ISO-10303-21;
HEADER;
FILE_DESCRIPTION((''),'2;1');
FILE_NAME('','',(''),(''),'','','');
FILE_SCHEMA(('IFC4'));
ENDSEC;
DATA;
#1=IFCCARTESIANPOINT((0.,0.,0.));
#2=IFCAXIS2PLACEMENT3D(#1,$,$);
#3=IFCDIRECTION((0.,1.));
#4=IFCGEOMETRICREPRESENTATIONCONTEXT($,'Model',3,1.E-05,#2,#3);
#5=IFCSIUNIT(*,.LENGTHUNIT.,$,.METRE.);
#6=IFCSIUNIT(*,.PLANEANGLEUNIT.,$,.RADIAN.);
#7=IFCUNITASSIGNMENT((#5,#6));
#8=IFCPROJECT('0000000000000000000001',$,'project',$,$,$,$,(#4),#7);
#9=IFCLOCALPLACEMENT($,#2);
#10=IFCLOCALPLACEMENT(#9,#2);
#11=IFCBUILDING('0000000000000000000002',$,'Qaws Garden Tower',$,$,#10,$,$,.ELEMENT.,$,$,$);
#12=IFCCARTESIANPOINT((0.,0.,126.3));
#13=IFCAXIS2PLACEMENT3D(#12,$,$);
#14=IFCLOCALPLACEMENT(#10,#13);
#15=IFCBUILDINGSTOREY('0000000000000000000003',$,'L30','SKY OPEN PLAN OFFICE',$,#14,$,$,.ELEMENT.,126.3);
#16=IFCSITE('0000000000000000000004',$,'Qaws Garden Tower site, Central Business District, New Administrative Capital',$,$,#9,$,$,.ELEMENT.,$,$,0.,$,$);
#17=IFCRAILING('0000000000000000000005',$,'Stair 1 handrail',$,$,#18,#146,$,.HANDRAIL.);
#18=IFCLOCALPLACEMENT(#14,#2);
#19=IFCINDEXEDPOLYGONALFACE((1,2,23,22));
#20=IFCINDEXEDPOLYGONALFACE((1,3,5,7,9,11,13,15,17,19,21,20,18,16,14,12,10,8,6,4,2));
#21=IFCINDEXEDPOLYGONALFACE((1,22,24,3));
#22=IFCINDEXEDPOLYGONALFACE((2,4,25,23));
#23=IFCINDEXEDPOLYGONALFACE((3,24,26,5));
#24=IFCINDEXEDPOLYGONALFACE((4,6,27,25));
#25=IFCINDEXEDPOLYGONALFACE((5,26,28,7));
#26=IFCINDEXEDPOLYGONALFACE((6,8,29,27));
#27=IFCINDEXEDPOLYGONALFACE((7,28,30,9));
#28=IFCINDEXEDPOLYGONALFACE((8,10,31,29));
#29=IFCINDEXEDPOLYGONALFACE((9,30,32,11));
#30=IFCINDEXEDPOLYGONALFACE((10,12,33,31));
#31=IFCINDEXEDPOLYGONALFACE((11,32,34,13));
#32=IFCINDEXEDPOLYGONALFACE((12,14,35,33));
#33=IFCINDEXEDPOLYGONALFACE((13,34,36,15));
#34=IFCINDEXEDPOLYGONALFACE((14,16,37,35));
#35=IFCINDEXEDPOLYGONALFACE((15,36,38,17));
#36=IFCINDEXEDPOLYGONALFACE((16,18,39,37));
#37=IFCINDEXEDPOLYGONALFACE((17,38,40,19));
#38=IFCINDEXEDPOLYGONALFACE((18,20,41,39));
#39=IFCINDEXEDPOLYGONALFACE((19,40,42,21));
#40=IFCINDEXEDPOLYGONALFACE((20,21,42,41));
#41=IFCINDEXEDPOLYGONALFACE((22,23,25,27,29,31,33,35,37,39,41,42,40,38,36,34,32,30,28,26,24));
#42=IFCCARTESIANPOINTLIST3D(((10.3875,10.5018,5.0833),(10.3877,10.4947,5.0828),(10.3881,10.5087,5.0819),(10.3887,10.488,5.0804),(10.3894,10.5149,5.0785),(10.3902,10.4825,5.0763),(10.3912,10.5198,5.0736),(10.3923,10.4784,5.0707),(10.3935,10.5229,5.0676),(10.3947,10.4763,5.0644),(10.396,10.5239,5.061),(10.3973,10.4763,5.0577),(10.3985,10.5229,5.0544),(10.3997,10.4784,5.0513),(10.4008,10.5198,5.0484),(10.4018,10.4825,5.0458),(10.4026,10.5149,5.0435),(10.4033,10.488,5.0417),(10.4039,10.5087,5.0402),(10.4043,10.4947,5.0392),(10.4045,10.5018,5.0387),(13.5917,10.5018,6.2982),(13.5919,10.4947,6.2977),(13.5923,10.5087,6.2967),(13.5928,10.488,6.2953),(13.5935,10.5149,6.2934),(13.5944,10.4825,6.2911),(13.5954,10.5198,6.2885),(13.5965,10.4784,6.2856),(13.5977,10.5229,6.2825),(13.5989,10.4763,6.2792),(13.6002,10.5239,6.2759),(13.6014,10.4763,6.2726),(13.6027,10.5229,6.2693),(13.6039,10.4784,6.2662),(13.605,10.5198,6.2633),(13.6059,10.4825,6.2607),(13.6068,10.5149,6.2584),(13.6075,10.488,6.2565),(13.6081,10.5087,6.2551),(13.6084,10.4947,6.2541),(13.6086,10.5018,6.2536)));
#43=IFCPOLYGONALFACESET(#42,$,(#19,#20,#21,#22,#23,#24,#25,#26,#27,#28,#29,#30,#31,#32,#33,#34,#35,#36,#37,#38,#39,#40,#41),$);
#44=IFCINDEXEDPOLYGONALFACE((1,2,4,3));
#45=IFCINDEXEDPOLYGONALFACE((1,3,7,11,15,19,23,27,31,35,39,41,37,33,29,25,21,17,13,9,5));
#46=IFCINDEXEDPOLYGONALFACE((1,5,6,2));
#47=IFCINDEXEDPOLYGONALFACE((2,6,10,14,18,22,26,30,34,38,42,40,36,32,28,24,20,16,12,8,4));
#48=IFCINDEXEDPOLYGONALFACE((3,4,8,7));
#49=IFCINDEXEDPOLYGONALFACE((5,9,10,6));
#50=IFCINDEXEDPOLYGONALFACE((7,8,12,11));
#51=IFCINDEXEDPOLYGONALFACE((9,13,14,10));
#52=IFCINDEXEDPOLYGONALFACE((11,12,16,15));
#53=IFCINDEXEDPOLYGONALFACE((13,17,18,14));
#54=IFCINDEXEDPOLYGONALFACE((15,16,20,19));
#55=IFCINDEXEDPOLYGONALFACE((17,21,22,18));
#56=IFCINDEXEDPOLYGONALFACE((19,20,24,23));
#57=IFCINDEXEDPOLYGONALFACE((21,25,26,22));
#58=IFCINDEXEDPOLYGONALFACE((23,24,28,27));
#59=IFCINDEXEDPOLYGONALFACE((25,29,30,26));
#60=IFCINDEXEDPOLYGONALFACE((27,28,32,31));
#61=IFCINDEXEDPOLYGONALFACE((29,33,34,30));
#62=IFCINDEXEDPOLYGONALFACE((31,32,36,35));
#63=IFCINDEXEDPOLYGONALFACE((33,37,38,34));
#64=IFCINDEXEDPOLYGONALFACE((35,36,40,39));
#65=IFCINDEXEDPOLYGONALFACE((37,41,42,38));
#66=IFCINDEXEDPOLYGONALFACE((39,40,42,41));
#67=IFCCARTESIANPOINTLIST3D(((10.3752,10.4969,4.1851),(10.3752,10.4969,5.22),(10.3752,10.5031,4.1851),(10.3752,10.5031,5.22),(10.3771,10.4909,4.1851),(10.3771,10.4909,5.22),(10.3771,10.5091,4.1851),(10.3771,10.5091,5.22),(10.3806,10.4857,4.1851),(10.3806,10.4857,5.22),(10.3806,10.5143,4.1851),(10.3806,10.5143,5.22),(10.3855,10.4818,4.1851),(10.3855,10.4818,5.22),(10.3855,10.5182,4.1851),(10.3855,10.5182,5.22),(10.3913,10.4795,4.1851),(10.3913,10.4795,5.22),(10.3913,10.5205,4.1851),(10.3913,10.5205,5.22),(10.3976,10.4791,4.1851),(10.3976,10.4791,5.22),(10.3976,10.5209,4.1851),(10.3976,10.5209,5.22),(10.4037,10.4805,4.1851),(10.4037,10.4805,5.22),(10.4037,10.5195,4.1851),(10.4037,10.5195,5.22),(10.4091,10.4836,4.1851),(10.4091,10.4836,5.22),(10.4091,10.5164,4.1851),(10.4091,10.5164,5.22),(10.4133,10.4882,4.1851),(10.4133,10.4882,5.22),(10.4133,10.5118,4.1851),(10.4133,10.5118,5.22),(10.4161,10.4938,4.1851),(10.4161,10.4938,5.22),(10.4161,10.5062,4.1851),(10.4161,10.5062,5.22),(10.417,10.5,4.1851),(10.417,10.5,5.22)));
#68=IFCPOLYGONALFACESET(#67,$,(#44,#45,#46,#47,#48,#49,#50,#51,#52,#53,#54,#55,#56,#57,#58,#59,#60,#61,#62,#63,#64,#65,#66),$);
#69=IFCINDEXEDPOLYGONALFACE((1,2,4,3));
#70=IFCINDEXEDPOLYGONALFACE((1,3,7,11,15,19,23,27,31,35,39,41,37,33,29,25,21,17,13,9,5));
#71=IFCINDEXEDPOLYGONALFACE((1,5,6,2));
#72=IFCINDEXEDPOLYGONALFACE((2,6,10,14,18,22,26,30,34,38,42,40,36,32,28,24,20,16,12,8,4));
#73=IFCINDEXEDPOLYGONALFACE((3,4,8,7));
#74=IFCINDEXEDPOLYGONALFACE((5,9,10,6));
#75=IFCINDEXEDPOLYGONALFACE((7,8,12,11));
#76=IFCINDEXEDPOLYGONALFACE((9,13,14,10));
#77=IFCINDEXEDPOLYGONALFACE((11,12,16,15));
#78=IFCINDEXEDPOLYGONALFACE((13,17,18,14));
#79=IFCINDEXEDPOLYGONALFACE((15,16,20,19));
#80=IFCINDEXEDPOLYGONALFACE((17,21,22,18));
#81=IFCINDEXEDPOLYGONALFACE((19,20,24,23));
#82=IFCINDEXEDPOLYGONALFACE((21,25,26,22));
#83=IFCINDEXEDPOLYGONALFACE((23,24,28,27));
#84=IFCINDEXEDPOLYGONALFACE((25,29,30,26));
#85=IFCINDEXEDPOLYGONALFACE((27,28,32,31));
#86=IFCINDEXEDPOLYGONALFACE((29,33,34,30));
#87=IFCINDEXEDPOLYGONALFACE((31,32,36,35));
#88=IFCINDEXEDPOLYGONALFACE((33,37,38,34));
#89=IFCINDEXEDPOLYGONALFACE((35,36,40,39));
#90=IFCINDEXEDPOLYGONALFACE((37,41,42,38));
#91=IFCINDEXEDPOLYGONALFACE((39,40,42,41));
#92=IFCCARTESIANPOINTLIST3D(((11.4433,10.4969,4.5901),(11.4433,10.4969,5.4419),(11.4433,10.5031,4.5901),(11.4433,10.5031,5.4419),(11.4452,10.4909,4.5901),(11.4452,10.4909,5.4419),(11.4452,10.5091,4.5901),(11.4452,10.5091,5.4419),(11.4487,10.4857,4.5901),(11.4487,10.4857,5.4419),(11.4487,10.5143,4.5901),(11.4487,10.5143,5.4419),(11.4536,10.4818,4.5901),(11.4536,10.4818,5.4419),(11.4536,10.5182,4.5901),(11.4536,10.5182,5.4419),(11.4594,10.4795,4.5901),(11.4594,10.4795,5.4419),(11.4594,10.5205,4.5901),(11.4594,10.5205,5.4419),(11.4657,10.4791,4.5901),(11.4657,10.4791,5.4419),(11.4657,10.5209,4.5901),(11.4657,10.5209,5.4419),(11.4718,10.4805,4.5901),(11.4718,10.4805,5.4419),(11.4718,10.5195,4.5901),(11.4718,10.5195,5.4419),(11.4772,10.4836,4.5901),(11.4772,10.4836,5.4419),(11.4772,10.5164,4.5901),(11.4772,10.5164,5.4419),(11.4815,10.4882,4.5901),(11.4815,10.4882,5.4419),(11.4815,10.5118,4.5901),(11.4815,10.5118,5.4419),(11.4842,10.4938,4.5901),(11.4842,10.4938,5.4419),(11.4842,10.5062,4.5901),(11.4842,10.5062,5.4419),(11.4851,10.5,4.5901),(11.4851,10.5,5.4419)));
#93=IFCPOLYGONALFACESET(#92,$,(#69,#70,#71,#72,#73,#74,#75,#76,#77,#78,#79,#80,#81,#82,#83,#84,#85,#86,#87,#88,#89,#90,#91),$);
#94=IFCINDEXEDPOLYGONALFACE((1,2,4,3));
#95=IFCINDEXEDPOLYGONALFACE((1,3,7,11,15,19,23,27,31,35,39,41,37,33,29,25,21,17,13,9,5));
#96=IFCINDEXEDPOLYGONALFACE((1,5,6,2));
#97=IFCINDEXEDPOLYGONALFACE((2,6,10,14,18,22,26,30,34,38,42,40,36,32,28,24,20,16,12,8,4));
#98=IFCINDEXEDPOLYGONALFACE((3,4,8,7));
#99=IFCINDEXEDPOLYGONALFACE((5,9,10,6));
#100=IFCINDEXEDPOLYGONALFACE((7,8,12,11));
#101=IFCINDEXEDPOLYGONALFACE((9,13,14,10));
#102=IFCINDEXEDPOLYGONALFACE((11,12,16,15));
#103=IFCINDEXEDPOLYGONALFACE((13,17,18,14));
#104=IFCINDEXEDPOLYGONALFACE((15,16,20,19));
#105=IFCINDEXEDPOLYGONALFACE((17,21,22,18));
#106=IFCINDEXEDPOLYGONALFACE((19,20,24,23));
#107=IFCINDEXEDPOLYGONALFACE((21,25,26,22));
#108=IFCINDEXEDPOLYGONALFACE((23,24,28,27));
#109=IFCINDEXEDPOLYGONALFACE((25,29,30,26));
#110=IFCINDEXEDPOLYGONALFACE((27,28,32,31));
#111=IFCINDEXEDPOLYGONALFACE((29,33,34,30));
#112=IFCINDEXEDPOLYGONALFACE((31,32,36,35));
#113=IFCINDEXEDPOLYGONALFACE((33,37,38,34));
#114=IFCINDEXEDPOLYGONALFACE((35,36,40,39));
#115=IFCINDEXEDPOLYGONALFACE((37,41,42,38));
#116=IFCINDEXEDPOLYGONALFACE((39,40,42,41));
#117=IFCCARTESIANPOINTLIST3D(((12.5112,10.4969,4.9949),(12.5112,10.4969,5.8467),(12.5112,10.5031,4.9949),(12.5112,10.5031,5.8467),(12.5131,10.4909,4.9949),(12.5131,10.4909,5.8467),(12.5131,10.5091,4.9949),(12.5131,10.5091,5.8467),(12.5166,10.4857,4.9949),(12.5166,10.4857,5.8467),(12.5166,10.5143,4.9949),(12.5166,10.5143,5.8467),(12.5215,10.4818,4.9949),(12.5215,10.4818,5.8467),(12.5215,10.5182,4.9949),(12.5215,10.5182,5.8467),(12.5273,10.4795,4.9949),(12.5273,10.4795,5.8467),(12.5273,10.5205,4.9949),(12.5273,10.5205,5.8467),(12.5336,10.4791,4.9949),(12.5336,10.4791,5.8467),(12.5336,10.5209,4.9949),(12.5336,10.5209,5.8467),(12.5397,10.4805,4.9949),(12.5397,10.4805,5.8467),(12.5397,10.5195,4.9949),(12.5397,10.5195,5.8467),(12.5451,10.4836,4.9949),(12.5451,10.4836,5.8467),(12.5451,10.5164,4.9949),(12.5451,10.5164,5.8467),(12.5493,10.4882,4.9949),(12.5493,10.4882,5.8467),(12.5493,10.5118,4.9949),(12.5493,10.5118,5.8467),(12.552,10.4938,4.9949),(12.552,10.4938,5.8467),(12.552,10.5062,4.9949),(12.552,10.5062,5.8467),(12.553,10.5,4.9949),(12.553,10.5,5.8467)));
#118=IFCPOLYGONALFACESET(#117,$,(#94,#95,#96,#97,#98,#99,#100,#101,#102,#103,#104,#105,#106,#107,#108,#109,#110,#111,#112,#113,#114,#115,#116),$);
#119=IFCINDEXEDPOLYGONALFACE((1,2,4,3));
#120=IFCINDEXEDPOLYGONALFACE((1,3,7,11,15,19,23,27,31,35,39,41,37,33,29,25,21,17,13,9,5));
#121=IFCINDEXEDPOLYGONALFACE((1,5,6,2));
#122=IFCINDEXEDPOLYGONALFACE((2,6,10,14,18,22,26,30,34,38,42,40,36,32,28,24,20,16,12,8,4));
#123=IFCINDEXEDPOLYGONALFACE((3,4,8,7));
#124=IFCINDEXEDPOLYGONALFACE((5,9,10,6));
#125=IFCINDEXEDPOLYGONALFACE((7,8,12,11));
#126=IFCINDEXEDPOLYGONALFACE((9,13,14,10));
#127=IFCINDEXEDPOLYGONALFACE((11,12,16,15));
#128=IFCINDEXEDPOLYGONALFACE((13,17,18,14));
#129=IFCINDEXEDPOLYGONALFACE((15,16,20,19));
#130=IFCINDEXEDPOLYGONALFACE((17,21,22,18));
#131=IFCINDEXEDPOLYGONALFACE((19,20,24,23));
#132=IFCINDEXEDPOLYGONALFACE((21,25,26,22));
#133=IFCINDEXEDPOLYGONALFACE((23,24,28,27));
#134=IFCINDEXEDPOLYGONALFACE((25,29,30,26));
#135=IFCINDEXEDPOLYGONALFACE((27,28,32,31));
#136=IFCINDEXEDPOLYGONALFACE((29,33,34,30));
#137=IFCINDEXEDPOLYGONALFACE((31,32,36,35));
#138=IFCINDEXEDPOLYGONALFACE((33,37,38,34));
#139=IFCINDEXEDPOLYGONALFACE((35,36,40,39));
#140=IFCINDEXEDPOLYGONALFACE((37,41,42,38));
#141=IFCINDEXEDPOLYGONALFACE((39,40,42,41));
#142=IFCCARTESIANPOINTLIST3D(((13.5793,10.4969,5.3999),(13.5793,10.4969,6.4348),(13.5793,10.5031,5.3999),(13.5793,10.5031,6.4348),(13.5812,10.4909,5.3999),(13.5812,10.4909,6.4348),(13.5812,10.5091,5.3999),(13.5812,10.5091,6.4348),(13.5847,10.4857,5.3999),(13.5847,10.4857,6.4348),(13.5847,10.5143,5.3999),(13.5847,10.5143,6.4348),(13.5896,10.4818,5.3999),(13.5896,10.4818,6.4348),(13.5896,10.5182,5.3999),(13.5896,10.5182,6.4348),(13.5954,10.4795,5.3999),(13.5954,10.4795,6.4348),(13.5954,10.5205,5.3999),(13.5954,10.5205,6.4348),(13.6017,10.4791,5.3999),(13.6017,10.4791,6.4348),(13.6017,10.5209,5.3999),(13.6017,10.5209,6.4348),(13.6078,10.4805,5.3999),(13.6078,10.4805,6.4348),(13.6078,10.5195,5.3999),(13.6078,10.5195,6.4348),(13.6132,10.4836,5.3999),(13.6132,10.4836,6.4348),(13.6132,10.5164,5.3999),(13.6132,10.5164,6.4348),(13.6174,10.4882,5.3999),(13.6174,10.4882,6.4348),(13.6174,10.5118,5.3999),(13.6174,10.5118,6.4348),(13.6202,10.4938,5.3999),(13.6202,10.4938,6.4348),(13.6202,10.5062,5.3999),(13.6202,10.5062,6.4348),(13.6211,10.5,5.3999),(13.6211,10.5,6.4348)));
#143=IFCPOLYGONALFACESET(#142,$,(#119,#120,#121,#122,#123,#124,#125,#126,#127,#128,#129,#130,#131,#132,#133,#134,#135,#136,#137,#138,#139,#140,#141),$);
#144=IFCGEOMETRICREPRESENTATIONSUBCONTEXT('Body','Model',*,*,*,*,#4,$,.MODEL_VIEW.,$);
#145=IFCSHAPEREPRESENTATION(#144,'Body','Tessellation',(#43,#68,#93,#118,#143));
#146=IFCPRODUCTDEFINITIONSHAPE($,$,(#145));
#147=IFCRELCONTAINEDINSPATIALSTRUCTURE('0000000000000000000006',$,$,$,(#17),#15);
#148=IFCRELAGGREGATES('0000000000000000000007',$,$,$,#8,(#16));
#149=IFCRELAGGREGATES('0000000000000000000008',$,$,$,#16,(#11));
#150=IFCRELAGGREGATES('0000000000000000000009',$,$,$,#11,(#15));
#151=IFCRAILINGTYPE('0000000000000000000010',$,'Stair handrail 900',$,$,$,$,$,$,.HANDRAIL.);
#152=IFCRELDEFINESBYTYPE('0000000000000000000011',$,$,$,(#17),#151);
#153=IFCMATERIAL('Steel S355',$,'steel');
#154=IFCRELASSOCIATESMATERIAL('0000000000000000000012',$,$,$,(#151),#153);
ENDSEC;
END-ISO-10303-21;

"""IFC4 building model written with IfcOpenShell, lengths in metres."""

from ifc_helpers import new_model, si_unit, direction, frame, origin, origin_2d, place, context, subcontext, project, spatial, circle, extrude, material, type_object, element, save


model = new_model("IFC4")

# Units and contexts
model_context = context("Model", 3, precision=1e-05, world=origin(), true_north=direction((0.0, 1.0)))
body_context = subcontext(model_context, "Body", "Model", "MODEL_VIEW")
ifc_project = project(units=[si_unit("LENGTHUNIT", "METRE"), si_unit("PLANEANGLEUNIT", "RADIAN")], contexts=[model_context])

# Site, building, storey
site_placement = place(None, origin())
site = spatial("IfcSite", under=ifc_project, at=site_placement, Name="Qaws Garden Tower site, Central Business District, New Administrative Capital", CompositionType="ELEMENT", RefElevation=0.0)
building_placement = place(site_placement, origin())
building = spatial("IfcBuilding", under=site, at=building_placement, Name="Qaws Garden Tower", CompositionType="ELEMENT")
storey_placement = place(building_placement, frame((0.0, 0.0, 126.3)))
storey = spatial("IfcBuildingStorey", under=building, at=storey_placement, Name="L30", Description="SKY OPEN PLAN OFFICE", CompositionType="ELEMENT", Elevation=126.3)

# Railing
ifc_material_1 = material(Name="Steel S355", Category="steel")
railing_type = type_object("IfcRailingType", Name="Stair handrail 900", PredefinedType="HANDRAIL", material=ifc_material_1)
railing_1_placement = place(storey_placement, frame((10.396, 10.5, 4.1851)))
element("IfcRailing", 1, at=railing_1_placement, inside=storey, type_object=railing_type, Name="Stair 1 handrail", PredefinedType="HANDRAIL", context=body_context, shape_type="SweptSolid", body=[
    extrude(circle(Radius=0.0239, at=origin_2d()), frame((0.0, 0.0, 0.876), z_axis=(0.935046, 0.0, 0.354525), x_axis=(0.0, 1.0, 0.0)), (0.0, 0.0, 1.0), 3.4268),
    extrude(circle(Radius=0.021, at=origin_2d()), origin(), (0.0, 0.0, 1.0), 1.0349),
    extrude(circle(Radius=0.021, at=origin_2d()), frame((1.0681, 0.0, 0.405)), (0.0, 0.0, 1.0), 0.8518),
    extrude(circle(Radius=0.021, at=origin_2d()), frame((2.136, 0.0, 0.8098)), (0.0, 0.0, 1.0), 0.8518),
    extrude(circle(Radius=0.021, at=origin_2d()), frame((3.2041, 0.0, 1.2148)), (0.0, 0.0, 1.0), 1.0349),
])

save(model, "model.ifc")
